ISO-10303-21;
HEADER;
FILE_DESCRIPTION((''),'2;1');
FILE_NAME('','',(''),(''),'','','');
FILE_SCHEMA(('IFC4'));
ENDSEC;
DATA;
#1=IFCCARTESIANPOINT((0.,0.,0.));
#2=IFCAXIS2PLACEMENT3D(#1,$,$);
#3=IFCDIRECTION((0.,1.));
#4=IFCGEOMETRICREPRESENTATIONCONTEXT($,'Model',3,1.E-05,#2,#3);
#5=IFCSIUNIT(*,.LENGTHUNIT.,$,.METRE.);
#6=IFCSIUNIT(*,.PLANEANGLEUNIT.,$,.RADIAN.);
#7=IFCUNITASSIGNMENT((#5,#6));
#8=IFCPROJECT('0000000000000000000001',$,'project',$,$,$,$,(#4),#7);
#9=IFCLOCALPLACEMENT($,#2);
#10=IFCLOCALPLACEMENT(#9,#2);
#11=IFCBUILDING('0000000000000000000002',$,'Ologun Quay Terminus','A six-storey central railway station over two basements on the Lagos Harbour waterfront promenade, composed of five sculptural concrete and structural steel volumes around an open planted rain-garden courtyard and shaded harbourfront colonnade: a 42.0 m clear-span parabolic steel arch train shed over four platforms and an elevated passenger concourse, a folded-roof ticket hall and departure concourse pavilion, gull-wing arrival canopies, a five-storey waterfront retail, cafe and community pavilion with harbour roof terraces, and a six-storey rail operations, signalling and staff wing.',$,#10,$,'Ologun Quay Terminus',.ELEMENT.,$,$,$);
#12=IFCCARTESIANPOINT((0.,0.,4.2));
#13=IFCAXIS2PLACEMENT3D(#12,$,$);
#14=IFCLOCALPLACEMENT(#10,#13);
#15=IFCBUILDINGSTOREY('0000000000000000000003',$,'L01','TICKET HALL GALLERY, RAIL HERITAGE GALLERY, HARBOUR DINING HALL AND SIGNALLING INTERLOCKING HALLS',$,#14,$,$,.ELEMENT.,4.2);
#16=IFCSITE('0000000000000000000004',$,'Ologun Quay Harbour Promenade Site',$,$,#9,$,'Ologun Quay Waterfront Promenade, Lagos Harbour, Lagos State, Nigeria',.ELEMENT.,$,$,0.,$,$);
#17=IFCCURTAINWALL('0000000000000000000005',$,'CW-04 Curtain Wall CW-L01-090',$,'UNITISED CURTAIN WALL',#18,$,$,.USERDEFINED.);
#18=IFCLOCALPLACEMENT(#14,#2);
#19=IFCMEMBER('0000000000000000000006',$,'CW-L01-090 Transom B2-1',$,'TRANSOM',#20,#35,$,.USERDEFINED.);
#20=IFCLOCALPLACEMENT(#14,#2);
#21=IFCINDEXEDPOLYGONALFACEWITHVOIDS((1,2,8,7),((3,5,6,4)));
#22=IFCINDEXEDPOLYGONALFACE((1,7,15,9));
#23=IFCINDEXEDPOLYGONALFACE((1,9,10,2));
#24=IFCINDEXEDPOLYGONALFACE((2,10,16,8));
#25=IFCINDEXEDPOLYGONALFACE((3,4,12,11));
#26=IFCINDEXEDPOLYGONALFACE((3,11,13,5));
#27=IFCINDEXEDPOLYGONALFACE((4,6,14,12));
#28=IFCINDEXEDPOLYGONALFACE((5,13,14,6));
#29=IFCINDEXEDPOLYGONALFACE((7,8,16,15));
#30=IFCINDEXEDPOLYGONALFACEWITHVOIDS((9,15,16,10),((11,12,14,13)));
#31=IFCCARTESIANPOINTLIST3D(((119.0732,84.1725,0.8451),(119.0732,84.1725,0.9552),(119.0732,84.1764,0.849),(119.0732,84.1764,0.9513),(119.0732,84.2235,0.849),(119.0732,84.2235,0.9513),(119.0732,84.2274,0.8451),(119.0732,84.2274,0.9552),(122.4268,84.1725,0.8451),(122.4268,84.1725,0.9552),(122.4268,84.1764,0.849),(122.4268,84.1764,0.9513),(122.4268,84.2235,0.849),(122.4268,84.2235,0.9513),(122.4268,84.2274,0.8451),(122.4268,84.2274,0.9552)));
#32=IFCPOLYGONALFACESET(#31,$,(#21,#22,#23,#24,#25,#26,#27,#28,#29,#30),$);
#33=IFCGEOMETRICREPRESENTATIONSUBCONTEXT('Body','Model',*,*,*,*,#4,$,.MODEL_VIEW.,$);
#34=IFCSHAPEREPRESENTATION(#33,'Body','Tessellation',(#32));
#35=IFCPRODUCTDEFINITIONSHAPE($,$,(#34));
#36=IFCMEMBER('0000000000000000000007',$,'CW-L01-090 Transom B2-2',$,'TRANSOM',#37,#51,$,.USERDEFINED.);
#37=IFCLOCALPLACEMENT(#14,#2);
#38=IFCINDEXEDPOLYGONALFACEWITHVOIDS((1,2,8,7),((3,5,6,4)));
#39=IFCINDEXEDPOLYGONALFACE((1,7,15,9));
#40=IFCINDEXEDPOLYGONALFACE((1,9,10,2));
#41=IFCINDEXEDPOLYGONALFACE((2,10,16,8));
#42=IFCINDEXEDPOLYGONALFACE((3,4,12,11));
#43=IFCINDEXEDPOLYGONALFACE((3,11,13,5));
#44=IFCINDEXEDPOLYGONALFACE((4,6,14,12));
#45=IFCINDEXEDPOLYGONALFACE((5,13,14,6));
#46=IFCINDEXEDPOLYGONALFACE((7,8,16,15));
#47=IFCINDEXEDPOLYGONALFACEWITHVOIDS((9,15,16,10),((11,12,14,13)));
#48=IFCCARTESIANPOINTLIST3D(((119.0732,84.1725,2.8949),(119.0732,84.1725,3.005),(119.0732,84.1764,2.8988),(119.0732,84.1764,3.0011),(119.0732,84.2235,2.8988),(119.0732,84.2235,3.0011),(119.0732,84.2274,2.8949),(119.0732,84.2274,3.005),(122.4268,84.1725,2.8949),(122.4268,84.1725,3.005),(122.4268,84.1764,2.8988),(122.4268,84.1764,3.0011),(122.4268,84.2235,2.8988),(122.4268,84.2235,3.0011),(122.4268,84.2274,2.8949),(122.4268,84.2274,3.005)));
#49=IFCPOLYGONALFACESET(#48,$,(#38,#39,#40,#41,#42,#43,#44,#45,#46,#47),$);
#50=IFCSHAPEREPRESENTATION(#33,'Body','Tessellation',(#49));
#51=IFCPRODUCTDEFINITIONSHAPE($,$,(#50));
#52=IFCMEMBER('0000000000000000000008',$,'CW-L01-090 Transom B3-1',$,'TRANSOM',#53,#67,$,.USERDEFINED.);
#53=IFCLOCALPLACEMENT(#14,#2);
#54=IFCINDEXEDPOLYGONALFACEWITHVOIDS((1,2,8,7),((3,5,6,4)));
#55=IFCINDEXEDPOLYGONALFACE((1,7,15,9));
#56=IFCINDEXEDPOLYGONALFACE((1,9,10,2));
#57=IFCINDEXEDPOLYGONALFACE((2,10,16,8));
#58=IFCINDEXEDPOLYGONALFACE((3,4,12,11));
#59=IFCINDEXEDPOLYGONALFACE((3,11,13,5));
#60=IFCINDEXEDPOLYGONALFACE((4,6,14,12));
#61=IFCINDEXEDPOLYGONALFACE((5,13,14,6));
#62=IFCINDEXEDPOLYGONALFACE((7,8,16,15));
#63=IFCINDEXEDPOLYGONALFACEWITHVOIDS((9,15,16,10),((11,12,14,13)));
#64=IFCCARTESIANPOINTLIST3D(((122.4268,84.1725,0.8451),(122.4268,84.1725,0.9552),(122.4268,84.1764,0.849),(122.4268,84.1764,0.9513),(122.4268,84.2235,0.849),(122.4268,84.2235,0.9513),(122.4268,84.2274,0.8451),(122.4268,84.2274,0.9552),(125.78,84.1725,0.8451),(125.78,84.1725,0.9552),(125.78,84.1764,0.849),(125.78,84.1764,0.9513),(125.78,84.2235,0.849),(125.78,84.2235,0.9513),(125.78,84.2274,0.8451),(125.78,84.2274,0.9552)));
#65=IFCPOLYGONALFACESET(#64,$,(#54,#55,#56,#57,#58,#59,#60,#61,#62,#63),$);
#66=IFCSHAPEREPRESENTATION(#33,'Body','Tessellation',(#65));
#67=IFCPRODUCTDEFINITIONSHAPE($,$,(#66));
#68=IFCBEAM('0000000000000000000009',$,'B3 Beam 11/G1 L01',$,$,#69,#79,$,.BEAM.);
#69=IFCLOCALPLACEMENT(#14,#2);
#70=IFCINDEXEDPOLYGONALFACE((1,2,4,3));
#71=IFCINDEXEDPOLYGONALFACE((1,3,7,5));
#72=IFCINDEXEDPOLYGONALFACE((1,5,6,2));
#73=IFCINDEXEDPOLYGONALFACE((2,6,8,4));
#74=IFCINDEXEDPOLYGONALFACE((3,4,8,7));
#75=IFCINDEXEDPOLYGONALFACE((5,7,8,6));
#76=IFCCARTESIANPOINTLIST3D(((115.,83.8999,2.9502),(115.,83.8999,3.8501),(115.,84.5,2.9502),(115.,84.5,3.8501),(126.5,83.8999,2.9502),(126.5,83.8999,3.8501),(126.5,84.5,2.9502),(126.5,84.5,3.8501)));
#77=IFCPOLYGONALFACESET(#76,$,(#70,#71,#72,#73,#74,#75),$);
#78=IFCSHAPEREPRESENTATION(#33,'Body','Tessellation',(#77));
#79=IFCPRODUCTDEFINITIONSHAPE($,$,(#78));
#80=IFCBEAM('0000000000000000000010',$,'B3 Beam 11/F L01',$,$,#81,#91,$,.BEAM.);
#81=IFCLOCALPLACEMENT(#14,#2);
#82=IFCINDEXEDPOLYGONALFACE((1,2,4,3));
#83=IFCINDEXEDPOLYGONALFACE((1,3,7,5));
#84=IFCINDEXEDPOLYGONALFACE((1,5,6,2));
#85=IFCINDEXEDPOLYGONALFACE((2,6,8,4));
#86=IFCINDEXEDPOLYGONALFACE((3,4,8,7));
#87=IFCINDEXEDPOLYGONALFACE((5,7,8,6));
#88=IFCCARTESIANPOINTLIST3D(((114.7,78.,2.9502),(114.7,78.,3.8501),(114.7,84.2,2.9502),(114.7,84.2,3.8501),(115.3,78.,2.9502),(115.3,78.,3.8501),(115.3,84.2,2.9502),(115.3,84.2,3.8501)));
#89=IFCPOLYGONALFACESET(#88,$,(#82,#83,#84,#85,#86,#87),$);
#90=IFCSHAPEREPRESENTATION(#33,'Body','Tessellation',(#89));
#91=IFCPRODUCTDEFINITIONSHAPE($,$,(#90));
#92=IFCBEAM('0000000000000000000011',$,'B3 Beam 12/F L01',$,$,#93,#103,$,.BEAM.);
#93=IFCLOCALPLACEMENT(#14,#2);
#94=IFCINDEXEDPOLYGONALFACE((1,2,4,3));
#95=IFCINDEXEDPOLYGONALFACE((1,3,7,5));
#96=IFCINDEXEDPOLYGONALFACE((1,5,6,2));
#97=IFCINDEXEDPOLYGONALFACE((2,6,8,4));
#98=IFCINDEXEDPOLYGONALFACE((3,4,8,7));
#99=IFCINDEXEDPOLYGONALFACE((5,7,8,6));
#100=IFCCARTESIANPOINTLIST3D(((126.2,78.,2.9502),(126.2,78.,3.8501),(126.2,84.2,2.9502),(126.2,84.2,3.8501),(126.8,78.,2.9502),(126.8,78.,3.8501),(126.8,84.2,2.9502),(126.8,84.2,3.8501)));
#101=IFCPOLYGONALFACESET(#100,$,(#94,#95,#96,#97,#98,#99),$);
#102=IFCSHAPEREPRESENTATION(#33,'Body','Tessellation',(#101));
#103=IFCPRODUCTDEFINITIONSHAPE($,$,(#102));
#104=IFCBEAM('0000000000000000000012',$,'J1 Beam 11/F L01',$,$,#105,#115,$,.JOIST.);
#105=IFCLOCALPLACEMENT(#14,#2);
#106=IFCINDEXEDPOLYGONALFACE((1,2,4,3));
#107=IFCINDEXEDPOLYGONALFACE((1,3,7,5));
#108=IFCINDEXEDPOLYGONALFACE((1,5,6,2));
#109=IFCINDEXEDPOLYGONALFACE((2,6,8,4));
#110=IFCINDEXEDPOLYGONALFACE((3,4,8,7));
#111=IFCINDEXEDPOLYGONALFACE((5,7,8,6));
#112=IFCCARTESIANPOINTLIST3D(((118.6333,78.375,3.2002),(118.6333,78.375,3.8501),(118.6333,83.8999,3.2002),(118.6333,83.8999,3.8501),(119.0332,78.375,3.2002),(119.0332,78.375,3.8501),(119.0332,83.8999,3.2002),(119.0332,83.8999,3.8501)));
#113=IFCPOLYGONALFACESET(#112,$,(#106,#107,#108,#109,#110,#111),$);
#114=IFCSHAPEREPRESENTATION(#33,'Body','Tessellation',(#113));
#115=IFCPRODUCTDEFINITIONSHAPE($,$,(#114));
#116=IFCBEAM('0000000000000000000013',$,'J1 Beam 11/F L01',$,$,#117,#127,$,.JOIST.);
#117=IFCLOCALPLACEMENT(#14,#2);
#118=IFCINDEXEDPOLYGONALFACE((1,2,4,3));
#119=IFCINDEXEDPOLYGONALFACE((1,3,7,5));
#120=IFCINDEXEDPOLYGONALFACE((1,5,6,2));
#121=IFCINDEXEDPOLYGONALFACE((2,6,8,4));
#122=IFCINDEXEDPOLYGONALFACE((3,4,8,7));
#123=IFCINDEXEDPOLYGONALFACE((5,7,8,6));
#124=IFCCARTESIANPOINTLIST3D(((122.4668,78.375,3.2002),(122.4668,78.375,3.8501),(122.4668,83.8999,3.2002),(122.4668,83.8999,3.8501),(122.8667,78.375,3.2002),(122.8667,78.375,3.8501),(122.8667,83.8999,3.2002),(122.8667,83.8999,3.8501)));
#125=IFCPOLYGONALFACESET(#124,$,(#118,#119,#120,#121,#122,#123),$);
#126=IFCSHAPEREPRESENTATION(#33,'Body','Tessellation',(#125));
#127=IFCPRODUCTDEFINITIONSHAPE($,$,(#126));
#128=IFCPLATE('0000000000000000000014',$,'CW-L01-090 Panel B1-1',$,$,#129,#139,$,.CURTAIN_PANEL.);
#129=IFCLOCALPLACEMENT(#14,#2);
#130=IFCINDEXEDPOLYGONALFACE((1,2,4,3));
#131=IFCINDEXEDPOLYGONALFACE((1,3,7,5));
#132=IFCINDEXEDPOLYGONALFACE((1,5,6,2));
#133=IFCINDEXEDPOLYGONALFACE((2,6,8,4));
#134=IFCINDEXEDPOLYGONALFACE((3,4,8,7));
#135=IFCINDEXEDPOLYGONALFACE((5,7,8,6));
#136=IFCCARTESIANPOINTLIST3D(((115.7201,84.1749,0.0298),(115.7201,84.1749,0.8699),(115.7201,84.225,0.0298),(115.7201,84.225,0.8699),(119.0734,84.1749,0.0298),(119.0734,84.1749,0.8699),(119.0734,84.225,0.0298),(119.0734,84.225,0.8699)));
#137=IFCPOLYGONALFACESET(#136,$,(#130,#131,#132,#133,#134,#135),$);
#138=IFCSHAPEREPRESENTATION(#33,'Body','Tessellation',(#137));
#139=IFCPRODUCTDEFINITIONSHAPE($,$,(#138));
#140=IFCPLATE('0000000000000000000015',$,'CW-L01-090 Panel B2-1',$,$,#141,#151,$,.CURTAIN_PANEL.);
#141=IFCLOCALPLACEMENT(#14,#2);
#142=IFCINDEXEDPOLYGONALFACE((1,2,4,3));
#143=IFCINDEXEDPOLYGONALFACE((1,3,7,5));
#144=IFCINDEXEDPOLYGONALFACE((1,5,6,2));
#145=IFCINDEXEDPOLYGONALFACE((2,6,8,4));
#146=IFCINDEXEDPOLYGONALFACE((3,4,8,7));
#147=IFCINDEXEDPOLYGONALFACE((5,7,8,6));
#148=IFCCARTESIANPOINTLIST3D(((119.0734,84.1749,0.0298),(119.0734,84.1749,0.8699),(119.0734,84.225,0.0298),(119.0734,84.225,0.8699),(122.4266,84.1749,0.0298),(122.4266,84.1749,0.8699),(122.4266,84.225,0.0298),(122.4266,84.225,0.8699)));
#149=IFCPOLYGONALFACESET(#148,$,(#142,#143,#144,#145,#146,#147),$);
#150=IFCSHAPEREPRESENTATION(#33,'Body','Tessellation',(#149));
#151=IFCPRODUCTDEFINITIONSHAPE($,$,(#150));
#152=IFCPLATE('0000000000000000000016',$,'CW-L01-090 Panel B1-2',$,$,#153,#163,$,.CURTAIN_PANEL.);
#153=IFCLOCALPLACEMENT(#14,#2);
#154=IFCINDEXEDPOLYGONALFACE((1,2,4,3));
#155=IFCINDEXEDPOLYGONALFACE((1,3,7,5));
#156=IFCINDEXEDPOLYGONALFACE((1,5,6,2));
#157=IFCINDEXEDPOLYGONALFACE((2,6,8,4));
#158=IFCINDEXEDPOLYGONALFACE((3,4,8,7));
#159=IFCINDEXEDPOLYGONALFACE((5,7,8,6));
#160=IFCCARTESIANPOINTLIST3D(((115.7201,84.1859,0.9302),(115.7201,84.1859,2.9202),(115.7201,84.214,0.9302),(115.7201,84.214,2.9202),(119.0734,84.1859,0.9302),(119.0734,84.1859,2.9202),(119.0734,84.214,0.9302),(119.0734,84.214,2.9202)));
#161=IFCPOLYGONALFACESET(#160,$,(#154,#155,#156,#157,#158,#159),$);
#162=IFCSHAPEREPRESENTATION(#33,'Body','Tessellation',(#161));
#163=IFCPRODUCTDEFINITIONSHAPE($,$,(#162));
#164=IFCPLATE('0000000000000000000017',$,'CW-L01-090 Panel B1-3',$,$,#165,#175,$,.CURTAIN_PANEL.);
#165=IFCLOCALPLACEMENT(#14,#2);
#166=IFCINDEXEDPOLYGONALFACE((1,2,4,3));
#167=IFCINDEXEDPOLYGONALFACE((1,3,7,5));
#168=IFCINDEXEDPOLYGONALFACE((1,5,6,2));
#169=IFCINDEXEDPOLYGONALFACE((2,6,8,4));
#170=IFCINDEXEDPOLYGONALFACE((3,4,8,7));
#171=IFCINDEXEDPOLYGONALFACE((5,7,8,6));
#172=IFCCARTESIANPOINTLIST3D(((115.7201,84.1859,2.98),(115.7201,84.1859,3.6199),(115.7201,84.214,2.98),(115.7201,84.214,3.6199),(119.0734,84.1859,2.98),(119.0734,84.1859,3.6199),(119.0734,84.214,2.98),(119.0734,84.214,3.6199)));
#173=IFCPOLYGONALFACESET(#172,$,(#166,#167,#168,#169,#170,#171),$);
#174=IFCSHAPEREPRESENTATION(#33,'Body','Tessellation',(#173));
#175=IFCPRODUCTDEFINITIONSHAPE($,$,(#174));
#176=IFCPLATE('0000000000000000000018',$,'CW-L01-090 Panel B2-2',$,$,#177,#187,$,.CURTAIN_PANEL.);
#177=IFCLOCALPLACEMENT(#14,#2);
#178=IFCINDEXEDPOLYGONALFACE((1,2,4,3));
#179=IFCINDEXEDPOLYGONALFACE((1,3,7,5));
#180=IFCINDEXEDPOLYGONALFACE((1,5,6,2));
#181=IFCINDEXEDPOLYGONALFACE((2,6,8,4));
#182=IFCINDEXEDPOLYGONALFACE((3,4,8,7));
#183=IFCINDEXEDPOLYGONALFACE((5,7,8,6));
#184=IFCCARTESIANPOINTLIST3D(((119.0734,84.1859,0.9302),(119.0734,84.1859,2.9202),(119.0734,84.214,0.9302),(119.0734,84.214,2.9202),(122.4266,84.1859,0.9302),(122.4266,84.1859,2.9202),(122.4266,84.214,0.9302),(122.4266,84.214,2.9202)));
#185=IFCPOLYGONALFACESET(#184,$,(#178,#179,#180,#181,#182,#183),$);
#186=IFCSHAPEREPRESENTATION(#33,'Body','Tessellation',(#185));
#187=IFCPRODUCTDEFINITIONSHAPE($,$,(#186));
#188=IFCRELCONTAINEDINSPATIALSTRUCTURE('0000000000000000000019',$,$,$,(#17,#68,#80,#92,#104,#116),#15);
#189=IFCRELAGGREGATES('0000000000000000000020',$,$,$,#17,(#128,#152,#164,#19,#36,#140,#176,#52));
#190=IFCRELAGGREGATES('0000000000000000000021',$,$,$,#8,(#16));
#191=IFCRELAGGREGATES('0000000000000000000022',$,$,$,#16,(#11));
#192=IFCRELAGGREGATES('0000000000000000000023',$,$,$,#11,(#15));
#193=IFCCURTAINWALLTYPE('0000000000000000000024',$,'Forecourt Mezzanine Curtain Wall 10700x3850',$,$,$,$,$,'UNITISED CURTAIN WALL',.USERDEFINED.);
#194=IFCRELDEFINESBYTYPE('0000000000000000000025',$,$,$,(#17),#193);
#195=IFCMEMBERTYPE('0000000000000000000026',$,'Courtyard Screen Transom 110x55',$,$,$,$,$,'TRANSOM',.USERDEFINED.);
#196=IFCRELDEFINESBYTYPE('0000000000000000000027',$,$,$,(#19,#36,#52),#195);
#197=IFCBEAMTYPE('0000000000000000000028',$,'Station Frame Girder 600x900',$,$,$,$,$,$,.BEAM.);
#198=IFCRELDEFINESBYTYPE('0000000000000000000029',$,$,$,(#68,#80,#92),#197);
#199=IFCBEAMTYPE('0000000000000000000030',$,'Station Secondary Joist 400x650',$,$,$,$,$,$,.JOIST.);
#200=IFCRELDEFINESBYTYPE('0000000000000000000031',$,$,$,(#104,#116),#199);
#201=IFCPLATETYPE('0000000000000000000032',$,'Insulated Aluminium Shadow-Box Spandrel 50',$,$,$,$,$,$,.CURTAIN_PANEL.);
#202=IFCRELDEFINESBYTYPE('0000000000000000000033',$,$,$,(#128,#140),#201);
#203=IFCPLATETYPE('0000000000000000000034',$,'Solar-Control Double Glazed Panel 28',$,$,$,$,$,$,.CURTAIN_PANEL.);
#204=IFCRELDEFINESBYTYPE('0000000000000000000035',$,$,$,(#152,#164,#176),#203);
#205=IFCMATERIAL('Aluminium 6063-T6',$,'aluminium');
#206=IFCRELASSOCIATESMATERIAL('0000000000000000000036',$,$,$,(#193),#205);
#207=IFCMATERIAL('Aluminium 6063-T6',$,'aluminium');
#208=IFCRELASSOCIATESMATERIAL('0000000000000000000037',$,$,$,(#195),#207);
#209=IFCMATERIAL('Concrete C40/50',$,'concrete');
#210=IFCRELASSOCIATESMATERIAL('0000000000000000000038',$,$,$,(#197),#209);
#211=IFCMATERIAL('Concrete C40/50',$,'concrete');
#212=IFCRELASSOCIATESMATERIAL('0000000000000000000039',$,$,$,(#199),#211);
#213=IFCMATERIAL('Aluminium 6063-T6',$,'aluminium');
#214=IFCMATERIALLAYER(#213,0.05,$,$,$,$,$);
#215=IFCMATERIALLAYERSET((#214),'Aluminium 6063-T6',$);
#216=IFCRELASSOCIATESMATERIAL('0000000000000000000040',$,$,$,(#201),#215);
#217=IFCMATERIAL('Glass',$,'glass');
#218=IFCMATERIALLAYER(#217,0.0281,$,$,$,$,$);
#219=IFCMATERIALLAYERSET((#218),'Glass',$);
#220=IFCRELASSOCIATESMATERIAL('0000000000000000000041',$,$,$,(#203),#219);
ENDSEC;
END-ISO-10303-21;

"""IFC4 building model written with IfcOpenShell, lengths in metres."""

from ifc_helpers import new_model, si_unit, direction, frame, origin, origin_2d, place, context, subcontext, project, spatial, rectangle, hollow_rectangle, extrude, material, layer, layer_set, material_profile, profile_set, type_object, element, aggregate, save


model = new_model("IFC4")

# Units and contexts
model_context = context("Model", 3, precision=1e-05, world=origin(), true_north=direction((0.0, 1.0)))
body_context = subcontext(model_context, "Body", "Model", "MODEL_VIEW")
ifc_project = project(units=[si_unit("LENGTHUNIT", "METRE"), si_unit("PLANEANGLEUNIT", "RADIAN")], contexts=[model_context])

# Site, building, storey
site_placement = place(None, origin())
site = spatial("IfcSite", under=ifc_project, at=site_placement, Name="Ologun Quay Harbour Promenade Site", LongName="Ologun Quay Waterfront Promenade, Lagos Harbour, Lagos State, Nigeria", CompositionType="ELEMENT", RefElevation=0.0)
building_placement = place(site_placement, origin())
building = spatial("IfcBuilding", under=site, at=building_placement, Name="Ologun Quay Terminus", Description="A six-storey central railway station over two basements on the Lagos Harbour waterfront promenade, composed of five sculptural concrete and structural steel volumes around an open planted rain-garden courtyard and shaded harbourfront colonnade: a 42.0 m clear-span parabolic steel arch train shed over four platforms and an elevated passenger concourse, a folded-roof ticket hall and departure concourse pavilion, gull-wing arrival canopies, a five-storey waterfront retail, cafe and community pavilion with harbour roof terraces, and a six-storey rail operations, signalling and staff wing.", LongName="Ologun Quay Terminus", CompositionType="ELEMENT")
storey_placement = place(building_placement, frame((0.0, 0.0, 4.2)))
storey = spatial("IfcBuildingStorey", under=building, at=storey_placement, Name="L01", Description="TICKET HALL GALLERY, RAIL HERITAGE GALLERY, HARBOUR DINING HALL AND SIGNALLING INTERLOCKING HALLS", CompositionType="ELEMENT", Elevation=4.2)

# Curtain wall, members
ifc_material_1 = material(Name="Aluminium 6063-T6", Category="aluminium")
curtain_wall_type = type_object("IfcCurtainWallType", Name="Forecourt Mezzanine Curtain Wall 10700x3850", ElementType="UNITISED CURTAIN WALL", PredefinedType="USERDEFINED", material=ifc_material_1)
curtain_wall_placement = place(storey_placement, origin())
curtain_wall = element("IfcCurtainWall", 1, at=curtain_wall_placement, inside=storey, type_object=curtain_wall_type, Name="CW-04 Curtain Wall CW-L01-090", ObjectType="UNITISED CURTAIN WALL", PredefinedType="USERDEFINED")
ifc_material_2 = material(Name="Aluminium 6063-T6", Category="aluminium")
ifc_material_profile_1 = material_profile(ifc_material_2, hollow_rectangle(XDim=0.0549, YDim=0.1101, WallThickness=0.0039, at=origin_2d()), Name="ALU 110x55x4")
ifc_profile_set_1 = profile_set([ifc_material_profile_1], Name="Aluminium 6063-T6")
member_type_1 = type_object("IfcMemberType", Name="Courtyard Screen Transom 110x55", ElementType="TRANSOM", PredefinedType="USERDEFINED", material=ifc_profile_set_1)
member_1_placement = place(storey_placement, frame((119.0732, 84.2, 0.9001), z_axis=(1.0, 0.0, 0.0), x_axis=(0.0, 1.0, 0.0)))
member_1 = element("IfcMember", 2, at=member_1_placement, type_object=member_type_1, Name="CW-L01-090 Transom B2-1", ObjectType="TRANSOM", PredefinedType="USERDEFINED", context=body_context, shape_type="SweptSolid", body=[
    extrude(hollow_rectangle(XDim=0.0549, YDim=0.1101, WallThickness=0.0039, at=origin_2d()), origin(), (0.0, 0.0, 1.0), 3.3535),
])
member_2_placement = place(storey_placement, frame((119.0732, 84.2, 2.95), z_axis=(1.0, 0.0, 0.0), x_axis=(0.0, 1.0, 0.0)))
member_2 = element("IfcMember", 3, at=member_2_placement, type_object=member_type_1, Name="CW-L01-090 Transom B2-2", ObjectType="TRANSOM", PredefinedType="USERDEFINED", context=body_context, shape_type="SweptSolid", body=[
    extrude(hollow_rectangle(XDim=0.0549, YDim=0.1101, WallThickness=0.0039, at=origin_2d()), origin(), (0.0, 0.0, 1.0), 3.3535),
])
member_3_placement = place(storey_placement, frame((122.4268, 84.2, 0.9001), z_axis=(1.0, 0.0, 0.0), x_axis=(0.0, 1.0, 0.0)))
member_3 = element("IfcMember", 4, at=member_3_placement, type_object=member_type_1, Name="CW-L01-090 Transom B3-1", ObjectType="TRANSOM", PredefinedType="USERDEFINED", context=body_context, shape_type="SweptSolid", body=[
    extrude(hollow_rectangle(XDim=0.0549, YDim=0.1101, WallThickness=0.0039, at=origin_2d()), origin(), (0.0, 0.0, 1.0), 3.3533),
])

# Beams
ifc_material_3 = material(Name="Concrete C40/50", Category="concrete")
ifc_material_profile_2 = material_profile(ifc_material_3, rectangle(XDim=0.6001, YDim=0.8999, at=origin_2d()), Name="RC 600x900")
ifc_profile_set_2 = profile_set([ifc_material_profile_2], Name="Concrete C40/50")
beam_type_1 = type_object("IfcBeamType", Name="Station Frame Girder 600x900", PredefinedType="BEAM", material=ifc_profile_set_2)
beam_1_placement = place(storey_placement, frame((115.0, 84.2, 3.4001), z_axis=(1.0, 0.0, 0.0), x_axis=(0.0, 1.0, 0.0)))
element("IfcBeam", 5, at=beam_1_placement, inside=storey, type_object=beam_type_1, Name="B3 Beam 11/G1 L01", PredefinedType="BEAM", context=body_context, shape_type="SweptSolid", body=[
    extrude(rectangle(XDim=0.6001, YDim=0.8999, at=origin_2d()), origin(), (0.0, 0.0, 1.0), 11.5),
])
for number, where, z_axis, x_axis, name in (
    (6, (115.0, 78.0, 3.4001), (0.0, 1.0, 0.0), (-1.0, 0.0, 0.0), "B3 Beam 11/F L01"),
    (7, (126.5, 78.0, 3.4001), (0.0, 1.0, 0.0), (-1.0, 0.0, 0.0), "B3 Beam 12/F L01"),
):
    element("IfcBeam", number, at=place(storey_placement, frame(where, z_axis=z_axis, x_axis=x_axis)), inside=storey, type_object=beam_type_1, Name=name, PredefinedType="BEAM", context=body_context, shape_type="SweptSolid", body=[
        extrude(rectangle(XDim=0.6001, YDim=0.8999, at=origin_2d()), origin(), (0.0, 0.0, 1.0), 6.2),
    ])
ifc_material_4 = material(Name="Concrete C40/50", Category="concrete")
ifc_material_profile_3 = material_profile(ifc_material_4, rectangle(XDim=0.3999, YDim=0.6499, at=origin_2d()), Name="RC 400x650")
ifc_profile_set_3 = profile_set([ifc_material_profile_3], Name="Concrete C40/50")
beam_type_2 = type_object("IfcBeamType", Name="Station Secondary Joist 400x650", PredefinedType="JOIST", material=ifc_profile_set_3)
for number, where, z_axis, x_axis, name in (
    (8, (118.8333, 78.375, 3.5251), (0.0, 1.0, 0.0), (-1.0, 0.0, 0.0), "J1 Beam 11/F L01"),
    (9, (122.6667, 78.375, 3.5251), (0.0, 1.0, 0.0), (-1.0, 0.0, 0.0), "J1 Beam 11/F L01"),
):
    element("IfcBeam", number, at=place(storey_placement, frame(where, z_axis=z_axis, x_axis=x_axis)), inside=storey, type_object=beam_type_2, Name=name, PredefinedType="JOIST", context=body_context, shape_type="SweptSolid", body=[
        extrude(rectangle(XDim=0.3999, YDim=0.6499, at=origin_2d()), origin(), (0.0, 0.0, 1.0), 5.5249),
    ])

# Plates
ifc_material_5 = material(Name="Aluminium 6063-T6", Category="aluminium")
ifc_layer_1 = layer(ifc_material_5, 0.05)
ifc_layer_set_1 = layer_set([ifc_layer_1], Name="Aluminium 6063-T6")
plate_type_1 = type_object("IfcPlateType", Name="Insulated Aluminium Shadow-Box Spandrel 50", PredefinedType="CURTAIN_PANEL", material=ifc_layer_set_1)
plate_1_placement = place(storey_placement, frame((117.3967, 84.2, 0.0298), z_axis=(0.0, 0.0, 1.0), x_axis=(1.0, 0.0, 0.0)))
plate_1 = element("IfcPlate", 10, at=plate_1_placement, type_object=plate_type_1, Name="CW-L01-090 Panel B1-1", PredefinedType="CURTAIN_PANEL", context=body_context, shape_type="SweptSolid", body=[
    extrude(rectangle(XDim=3.3533, YDim=0.05, at=origin_2d()), origin(), (0.0, 0.0, 1.0), 0.8401),
])
plate_2_placement = place(storey_placement, frame((120.75, 84.2, 0.0298), z_axis=(0.0, 0.0, 1.0), x_axis=(1.0, 0.0, 0.0)))
plate_2 = element("IfcPlate", 11, at=plate_2_placement, type_object=plate_type_1, Name="CW-L01-090 Panel B2-1", PredefinedType="CURTAIN_PANEL", context=body_context, shape_type="SweptSolid", body=[
    extrude(rectangle(XDim=3.3533, YDim=0.05, at=origin_2d()), origin(), (0.0, 0.0, 1.0), 0.8401),
])
ifc_material_6 = material(Name="Glass", Category="glass")
ifc_layer_2 = layer(ifc_material_6, 0.0281)
ifc_layer_set_2 = layer_set([ifc_layer_2], Name="Glass")
plate_type_2 = type_object("IfcPlateType", Name="Solar-Control Double Glazed Panel 28", PredefinedType="CURTAIN_PANEL", material=ifc_layer_set_2)
plate_3_placement = place(storey_placement, frame((117.3967, 84.2, 0.9302), z_axis=(0.0, 0.0, 1.0), x_axis=(1.0, 0.0, 0.0)))
plate_3 = element("IfcPlate", 12, at=plate_3_placement, type_object=plate_type_2, Name="CW-L01-090 Panel B1-2", PredefinedType="CURTAIN_PANEL", context=body_context, shape_type="SweptSolid", body=[
    extrude(rectangle(XDim=3.3533, YDim=0.0281, at=origin_2d()), origin(), (0.0, 0.0, 1.0), 1.99),
])
plate_4_placement = place(storey_placement, frame((117.3967, 84.2, 2.98), z_axis=(0.0, 0.0, 1.0), x_axis=(1.0, 0.0, 0.0)))
plate_4 = element("IfcPlate", 13, at=plate_4_placement, type_object=plate_type_2, Name="CW-L01-090 Panel B1-3", PredefinedType="CURTAIN_PANEL", context=body_context, shape_type="SweptSolid", body=[
    extrude(rectangle(XDim=3.3533, YDim=0.0281, at=origin_2d()), origin(), (0.0, 0.0, 1.0), 0.6399),
])
plate_5_placement = place(storey_placement, frame((120.75, 84.2, 0.9302), z_axis=(0.0, 0.0, 1.0), x_axis=(1.0, 0.0, 0.0)))
plate_5 = element("IfcPlate", 14, at=plate_5_placement, type_object=plate_type_2, Name="CW-L01-090 Panel B2-2", PredefinedType="CURTAIN_PANEL", context=body_context, shape_type="SweptSolid", body=[
    extrude(rectangle(XDim=3.3533, YDim=0.0281, at=origin_2d()), origin(), (0.0, 0.0, 1.0), 1.99),
])
aggregate(curtain_wall, [plate_1, plate_3, plate_4, member_1, member_2, plate_2, plate_5, member_3])

save(model, "model.ifc")
